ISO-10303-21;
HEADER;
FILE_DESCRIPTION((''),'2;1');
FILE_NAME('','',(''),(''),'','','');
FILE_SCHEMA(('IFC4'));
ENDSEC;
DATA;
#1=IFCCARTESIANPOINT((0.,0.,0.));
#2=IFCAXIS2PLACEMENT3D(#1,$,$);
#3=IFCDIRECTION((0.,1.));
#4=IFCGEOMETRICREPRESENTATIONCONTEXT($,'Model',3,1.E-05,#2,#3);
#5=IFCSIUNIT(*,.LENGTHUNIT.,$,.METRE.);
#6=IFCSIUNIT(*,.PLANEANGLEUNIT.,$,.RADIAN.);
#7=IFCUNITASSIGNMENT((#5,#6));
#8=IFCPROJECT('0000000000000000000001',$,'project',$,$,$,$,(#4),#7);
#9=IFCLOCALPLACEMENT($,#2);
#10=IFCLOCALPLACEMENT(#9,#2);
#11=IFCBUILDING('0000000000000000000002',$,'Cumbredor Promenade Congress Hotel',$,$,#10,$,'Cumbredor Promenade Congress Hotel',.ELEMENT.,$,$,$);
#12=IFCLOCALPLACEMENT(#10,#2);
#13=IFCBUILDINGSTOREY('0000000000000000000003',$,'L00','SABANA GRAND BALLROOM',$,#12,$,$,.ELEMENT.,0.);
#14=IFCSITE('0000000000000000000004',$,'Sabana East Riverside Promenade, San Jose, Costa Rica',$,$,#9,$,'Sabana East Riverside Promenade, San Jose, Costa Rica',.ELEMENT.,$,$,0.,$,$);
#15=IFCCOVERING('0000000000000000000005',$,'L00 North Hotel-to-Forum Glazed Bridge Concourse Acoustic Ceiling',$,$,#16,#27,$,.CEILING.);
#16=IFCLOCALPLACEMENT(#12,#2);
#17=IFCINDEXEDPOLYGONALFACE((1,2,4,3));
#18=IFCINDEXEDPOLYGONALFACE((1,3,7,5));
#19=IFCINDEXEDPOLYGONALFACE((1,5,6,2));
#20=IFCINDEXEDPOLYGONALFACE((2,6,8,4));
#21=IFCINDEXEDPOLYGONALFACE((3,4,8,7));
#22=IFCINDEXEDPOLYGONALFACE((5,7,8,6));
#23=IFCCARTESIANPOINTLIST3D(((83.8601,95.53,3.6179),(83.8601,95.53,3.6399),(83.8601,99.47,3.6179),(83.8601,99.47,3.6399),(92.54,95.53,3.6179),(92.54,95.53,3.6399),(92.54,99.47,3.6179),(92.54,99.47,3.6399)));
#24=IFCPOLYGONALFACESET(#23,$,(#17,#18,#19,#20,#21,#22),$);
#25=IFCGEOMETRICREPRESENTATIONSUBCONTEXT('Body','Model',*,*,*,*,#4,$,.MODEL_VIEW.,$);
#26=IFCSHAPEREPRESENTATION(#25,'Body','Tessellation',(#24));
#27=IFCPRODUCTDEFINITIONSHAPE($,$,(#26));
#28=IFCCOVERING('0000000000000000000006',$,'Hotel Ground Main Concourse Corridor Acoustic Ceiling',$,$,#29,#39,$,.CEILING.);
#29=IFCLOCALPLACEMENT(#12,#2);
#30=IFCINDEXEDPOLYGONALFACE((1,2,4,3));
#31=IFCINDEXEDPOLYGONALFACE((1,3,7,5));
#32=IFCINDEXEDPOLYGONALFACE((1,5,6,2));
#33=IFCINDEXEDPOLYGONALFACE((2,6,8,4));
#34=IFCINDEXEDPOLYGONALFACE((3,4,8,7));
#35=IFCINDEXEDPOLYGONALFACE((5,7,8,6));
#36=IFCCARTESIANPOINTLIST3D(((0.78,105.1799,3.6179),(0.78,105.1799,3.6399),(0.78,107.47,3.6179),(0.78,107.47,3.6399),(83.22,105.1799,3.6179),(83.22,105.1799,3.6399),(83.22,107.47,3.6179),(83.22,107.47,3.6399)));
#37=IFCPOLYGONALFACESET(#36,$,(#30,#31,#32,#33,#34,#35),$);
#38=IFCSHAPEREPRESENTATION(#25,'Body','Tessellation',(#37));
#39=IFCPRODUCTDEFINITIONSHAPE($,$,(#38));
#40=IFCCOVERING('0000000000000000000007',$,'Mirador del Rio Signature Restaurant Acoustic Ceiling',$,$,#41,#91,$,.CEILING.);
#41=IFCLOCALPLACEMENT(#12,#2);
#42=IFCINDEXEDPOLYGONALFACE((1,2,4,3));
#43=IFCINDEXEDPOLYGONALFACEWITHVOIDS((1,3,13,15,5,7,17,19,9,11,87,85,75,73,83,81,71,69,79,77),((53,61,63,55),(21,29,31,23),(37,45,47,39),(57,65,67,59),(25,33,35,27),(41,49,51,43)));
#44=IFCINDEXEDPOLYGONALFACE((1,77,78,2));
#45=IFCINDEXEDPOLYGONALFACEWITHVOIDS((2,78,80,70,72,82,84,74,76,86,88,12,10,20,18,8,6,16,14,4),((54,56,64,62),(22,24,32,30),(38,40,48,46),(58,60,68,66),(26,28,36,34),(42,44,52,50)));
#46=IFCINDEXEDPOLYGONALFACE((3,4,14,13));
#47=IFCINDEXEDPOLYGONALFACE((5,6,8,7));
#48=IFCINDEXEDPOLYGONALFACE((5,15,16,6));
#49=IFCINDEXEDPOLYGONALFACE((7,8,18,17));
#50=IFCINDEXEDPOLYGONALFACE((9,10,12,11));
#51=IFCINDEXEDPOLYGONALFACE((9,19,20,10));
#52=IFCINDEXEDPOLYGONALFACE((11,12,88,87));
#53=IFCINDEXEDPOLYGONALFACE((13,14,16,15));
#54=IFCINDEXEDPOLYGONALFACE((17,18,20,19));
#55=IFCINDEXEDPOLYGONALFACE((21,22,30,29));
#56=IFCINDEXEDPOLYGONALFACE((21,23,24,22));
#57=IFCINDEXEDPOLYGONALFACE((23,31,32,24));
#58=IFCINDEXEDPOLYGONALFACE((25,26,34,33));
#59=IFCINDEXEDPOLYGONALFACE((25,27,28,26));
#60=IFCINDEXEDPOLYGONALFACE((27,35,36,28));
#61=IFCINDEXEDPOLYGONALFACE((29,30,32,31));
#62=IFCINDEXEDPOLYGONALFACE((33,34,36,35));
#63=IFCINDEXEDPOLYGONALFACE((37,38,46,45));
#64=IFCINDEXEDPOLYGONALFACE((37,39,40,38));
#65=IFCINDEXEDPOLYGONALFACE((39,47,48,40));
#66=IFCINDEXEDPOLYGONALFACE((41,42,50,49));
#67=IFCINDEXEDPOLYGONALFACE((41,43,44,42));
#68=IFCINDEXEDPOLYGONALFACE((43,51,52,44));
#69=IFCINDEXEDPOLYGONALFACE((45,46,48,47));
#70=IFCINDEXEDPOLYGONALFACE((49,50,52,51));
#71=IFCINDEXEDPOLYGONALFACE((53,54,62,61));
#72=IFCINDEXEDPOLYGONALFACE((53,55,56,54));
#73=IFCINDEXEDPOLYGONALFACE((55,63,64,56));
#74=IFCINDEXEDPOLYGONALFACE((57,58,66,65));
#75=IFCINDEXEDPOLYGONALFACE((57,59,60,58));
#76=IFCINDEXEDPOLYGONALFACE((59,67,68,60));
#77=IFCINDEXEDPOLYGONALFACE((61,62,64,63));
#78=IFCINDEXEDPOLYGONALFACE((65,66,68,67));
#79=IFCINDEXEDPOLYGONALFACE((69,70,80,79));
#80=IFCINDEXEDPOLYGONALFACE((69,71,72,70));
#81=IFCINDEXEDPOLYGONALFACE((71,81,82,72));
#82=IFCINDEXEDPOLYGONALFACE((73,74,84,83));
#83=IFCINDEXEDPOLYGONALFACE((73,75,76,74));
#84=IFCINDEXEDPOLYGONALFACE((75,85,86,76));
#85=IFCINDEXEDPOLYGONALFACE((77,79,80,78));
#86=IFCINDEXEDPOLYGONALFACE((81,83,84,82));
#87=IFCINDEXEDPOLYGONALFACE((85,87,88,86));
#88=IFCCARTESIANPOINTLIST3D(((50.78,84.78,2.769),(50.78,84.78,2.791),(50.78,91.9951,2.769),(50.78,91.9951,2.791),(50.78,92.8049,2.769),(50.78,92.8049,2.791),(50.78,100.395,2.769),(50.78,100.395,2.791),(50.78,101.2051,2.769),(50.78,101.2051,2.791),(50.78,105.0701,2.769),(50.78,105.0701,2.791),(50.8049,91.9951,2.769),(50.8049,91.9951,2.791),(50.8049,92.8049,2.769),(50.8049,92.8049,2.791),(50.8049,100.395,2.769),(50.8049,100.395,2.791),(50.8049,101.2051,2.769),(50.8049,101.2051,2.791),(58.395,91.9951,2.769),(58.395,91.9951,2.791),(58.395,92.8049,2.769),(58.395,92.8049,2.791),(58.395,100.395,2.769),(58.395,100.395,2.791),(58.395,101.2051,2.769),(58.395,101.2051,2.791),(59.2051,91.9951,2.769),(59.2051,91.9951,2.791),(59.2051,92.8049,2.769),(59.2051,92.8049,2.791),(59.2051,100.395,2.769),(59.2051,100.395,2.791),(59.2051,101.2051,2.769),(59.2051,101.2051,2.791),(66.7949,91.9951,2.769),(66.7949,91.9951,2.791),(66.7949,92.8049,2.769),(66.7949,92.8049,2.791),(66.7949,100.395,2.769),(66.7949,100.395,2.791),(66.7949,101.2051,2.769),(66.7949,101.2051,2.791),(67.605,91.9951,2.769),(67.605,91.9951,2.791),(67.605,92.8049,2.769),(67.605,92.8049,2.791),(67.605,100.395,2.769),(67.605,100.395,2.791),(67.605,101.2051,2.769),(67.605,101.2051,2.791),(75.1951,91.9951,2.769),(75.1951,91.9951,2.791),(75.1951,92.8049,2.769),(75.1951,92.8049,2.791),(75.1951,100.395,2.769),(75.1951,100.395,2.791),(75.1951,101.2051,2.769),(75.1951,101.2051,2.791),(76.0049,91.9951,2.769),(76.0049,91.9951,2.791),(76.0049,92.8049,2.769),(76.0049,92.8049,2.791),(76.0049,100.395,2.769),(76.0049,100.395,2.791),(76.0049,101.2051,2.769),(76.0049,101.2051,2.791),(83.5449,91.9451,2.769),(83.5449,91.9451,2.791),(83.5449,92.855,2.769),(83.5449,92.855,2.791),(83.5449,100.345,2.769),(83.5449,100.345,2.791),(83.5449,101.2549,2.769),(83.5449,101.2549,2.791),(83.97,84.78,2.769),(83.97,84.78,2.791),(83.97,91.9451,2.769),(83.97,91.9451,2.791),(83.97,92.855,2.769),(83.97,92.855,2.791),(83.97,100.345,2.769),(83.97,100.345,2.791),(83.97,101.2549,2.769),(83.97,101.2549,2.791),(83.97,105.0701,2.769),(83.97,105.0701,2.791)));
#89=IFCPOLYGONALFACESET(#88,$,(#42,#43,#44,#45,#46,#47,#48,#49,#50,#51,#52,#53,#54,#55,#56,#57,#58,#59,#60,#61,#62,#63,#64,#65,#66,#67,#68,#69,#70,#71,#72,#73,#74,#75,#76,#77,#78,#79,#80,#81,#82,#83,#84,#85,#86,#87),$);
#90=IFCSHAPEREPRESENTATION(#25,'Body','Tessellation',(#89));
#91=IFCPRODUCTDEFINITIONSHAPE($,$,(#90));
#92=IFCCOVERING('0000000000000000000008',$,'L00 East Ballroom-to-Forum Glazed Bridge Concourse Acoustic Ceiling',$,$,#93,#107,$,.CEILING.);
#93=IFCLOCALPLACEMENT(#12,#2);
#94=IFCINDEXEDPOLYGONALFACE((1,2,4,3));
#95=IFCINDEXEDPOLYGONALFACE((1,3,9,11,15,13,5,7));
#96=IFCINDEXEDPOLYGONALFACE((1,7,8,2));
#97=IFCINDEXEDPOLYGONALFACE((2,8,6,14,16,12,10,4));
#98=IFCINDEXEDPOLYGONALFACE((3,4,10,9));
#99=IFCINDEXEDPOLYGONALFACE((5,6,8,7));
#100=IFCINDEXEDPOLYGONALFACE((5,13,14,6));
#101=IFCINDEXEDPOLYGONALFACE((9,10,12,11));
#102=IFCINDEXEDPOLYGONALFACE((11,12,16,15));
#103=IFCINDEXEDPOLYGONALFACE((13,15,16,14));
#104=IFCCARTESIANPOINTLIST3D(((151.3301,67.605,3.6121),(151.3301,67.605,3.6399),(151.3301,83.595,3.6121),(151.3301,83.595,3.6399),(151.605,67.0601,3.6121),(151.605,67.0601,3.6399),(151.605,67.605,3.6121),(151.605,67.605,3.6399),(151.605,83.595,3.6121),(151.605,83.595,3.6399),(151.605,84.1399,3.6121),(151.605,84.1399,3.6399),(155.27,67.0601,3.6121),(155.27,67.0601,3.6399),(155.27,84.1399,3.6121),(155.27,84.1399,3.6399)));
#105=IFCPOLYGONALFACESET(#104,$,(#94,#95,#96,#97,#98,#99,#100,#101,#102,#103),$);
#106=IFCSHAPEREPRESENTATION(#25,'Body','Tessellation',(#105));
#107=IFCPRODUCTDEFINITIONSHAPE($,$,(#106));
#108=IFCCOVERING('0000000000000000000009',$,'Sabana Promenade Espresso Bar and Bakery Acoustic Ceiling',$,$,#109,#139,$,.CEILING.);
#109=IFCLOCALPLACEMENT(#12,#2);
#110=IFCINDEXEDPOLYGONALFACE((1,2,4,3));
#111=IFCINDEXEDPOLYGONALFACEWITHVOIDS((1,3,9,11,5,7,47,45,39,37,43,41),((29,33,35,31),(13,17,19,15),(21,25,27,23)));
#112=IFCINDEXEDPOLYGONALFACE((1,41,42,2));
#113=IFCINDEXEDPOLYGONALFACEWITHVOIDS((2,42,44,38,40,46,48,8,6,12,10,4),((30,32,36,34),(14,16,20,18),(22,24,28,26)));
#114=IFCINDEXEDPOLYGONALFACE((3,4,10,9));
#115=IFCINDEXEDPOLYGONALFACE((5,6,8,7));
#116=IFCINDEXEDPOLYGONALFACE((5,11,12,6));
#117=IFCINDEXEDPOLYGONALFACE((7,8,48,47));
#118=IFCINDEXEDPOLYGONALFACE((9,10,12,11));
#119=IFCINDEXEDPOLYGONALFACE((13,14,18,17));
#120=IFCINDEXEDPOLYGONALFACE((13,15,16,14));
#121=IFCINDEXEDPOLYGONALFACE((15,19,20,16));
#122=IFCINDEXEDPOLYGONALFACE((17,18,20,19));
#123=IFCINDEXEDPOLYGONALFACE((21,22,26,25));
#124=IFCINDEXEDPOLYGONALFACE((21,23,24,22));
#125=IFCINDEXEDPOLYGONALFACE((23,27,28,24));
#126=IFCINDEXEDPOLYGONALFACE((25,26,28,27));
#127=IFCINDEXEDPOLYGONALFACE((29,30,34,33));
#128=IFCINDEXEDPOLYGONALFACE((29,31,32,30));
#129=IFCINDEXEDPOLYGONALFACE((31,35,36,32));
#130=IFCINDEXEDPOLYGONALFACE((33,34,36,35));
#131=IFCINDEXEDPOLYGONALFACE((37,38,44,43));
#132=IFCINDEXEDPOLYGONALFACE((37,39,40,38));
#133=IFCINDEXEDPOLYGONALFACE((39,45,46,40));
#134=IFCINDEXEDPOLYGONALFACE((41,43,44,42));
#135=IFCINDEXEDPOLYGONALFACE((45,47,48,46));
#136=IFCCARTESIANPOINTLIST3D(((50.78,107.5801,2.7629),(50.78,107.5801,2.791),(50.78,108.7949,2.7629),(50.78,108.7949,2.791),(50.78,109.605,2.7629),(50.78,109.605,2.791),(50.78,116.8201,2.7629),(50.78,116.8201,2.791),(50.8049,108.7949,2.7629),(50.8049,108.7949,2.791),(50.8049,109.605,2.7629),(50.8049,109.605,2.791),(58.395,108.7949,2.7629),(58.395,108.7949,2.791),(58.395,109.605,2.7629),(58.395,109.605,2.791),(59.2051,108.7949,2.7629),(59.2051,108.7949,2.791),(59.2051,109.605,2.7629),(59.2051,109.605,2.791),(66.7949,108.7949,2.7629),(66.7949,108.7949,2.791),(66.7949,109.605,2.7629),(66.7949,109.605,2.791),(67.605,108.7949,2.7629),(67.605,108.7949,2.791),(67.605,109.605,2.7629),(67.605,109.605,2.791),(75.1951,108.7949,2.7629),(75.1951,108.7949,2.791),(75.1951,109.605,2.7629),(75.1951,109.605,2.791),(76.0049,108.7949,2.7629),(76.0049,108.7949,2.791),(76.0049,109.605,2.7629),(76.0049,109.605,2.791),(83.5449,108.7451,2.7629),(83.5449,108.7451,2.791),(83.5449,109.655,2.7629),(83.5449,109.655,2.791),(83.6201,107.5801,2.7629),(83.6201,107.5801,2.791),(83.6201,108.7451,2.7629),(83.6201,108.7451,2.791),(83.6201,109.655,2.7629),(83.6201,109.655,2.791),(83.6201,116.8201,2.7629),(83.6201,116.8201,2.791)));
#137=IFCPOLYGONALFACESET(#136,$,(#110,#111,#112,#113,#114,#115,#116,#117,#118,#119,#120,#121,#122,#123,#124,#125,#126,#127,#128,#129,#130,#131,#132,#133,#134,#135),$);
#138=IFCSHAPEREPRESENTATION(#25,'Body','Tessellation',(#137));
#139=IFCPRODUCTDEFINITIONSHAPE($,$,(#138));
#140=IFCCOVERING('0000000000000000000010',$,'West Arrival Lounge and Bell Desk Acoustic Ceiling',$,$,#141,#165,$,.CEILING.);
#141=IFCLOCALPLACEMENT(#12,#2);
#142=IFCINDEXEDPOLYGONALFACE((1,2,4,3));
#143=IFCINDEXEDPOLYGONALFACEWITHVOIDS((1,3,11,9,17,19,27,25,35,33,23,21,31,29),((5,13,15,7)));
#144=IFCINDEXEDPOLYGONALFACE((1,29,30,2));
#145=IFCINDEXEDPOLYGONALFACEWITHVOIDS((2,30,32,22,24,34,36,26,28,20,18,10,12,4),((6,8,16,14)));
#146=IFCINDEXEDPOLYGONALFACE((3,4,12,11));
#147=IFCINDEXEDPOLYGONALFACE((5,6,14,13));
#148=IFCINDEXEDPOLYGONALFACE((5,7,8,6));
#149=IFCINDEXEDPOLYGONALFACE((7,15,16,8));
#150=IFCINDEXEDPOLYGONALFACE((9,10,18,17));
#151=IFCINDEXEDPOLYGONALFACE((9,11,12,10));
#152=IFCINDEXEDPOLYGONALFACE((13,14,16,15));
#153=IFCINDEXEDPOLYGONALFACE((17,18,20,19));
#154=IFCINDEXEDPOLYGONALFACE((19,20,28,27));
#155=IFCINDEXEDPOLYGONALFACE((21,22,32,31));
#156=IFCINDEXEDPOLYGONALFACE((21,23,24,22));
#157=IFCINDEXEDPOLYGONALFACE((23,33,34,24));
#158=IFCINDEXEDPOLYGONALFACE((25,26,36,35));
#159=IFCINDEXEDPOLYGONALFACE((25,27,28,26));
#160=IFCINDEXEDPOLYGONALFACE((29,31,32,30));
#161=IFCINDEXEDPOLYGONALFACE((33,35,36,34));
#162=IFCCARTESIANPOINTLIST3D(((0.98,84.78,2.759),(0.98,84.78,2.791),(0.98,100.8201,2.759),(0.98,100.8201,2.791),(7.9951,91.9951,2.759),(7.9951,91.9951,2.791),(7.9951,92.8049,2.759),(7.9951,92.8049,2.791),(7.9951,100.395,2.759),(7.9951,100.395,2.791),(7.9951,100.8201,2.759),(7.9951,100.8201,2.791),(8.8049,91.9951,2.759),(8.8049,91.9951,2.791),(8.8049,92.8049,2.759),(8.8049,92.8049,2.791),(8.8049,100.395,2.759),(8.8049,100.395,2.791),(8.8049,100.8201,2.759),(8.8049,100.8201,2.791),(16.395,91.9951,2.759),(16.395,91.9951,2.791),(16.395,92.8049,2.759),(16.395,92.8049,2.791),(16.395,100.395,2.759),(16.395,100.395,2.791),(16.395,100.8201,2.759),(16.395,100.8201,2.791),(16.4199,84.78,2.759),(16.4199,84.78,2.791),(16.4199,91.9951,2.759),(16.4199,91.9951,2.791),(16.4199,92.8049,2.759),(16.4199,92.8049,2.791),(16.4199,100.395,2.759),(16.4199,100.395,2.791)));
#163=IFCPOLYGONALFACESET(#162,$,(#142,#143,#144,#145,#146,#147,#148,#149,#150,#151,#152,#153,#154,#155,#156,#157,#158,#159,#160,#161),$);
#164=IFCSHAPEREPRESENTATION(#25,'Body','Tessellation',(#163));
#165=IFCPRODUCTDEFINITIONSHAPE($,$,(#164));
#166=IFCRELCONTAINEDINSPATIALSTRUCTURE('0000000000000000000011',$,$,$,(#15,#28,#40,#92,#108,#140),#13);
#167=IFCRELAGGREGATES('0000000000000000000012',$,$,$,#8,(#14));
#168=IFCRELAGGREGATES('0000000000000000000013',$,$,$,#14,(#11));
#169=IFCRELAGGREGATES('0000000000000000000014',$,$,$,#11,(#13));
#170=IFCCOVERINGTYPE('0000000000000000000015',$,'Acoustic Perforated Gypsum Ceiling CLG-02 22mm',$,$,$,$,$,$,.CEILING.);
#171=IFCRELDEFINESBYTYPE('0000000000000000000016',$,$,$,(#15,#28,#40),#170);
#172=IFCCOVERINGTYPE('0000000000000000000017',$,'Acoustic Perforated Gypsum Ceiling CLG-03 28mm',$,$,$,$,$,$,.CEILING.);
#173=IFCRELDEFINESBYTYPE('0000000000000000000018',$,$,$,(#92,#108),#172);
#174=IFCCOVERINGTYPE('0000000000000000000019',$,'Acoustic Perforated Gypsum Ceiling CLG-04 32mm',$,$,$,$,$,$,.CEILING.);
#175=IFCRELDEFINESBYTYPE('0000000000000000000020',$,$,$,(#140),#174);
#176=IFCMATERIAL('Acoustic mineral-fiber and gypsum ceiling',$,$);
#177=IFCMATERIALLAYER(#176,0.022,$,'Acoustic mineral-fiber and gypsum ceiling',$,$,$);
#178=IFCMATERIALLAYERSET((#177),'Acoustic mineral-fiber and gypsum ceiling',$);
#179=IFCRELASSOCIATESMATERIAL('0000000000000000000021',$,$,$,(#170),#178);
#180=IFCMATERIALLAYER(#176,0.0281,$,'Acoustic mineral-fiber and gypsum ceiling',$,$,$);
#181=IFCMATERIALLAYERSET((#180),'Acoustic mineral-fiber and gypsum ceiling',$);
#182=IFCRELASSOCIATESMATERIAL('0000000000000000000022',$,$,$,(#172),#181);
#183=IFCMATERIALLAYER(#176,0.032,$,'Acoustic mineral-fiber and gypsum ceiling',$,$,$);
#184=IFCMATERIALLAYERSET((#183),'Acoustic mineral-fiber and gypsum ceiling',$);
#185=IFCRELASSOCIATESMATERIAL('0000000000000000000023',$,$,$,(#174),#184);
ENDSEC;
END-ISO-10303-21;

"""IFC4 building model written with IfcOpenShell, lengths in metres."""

from ifc_helpers import new_model, si_unit, direction, frame, origin, place, context, subcontext, project, spatial, polyline, outline, extrude, material, layer, layer_set, type_object, element, save


model = new_model("IFC4")

# Units and contexts
model_context = context("Model", 3, precision=1e-05, world=origin(), true_north=direction((0.0, 1.0)))
body_context = subcontext(model_context, "Body", "Model", "MODEL_VIEW")
ifc_project = project(units=[si_unit("LENGTHUNIT", "METRE"), si_unit("PLANEANGLEUNIT", "RADIAN")], contexts=[model_context])

# Site, building, storey
site_placement = place(None, origin())
site = spatial("IfcSite", under=ifc_project, at=site_placement, Name="Sabana East Riverside Promenade, San Jose, Costa Rica", LongName="Sabana East Riverside Promenade, San Jose, Costa Rica", CompositionType="ELEMENT", RefElevation=0.0)
building_placement = place(site_placement, origin())
building = spatial("IfcBuilding", under=site, at=building_placement, Name="Cumbredor Promenade Congress Hotel", LongName="Cumbredor Promenade Congress Hotel", CompositionType="ELEMENT")
storey_placement = place(building_placement, origin())
storey = spatial("IfcBuildingStorey", under=building, at=storey_placement, Name="L00", Description="SABANA GRAND BALLROOM", CompositionType="ELEMENT", Elevation=0.0)

# Coverings
ifc_material_1 = material(Name="Acoustic mineral-fiber and gypsum ceiling")
ifc_layer_1 = layer(ifc_material_1, 0.022, Name="Acoustic mineral-fiber and gypsum ceiling")
ifc_layer_set_1 = layer_set([ifc_layer_1], Name="Acoustic mineral-fiber and gypsum ceiling")
covering_type_1 = type_object("IfcCoveringType", Name="Acoustic Perforated Gypsum Ceiling CLG-02 22mm", PredefinedType="CEILING", material=ifc_layer_set_1)
covering_1_placement = place(storey_placement, frame((0.0, 0.0, 3.6179)))
element("IfcCovering", 1, at=covering_1_placement, inside=storey, type_object=covering_type_1, Name="L00 North Hotel-to-Forum Glazed Bridge Concourse Acoustic Ceiling", PredefinedType="CEILING", context=body_context, shape_type="SweptSolid", body=[
    extrude(outline(polyline([(83.8601, 95.53), (83.8601, 99.47), (92.54, 99.47), (92.54, 95.53), (83.8601, 95.53)])), origin(), (0.0, 0.0, 1.0), 0.022),
])
covering_2_placement = place(storey_placement, frame((0.0, 0.0, 3.6179)))
element("IfcCovering", 2, at=covering_2_placement, inside=storey, type_object=covering_type_1, Name="Hotel Ground Main Concourse Corridor Acoustic Ceiling", PredefinedType="CEILING", context=body_context, shape_type="SweptSolid", body=[
    extrude(outline(polyline([(0.78, 105.1799), (0.78, 107.47), (83.22, 107.47), (83.22, 105.1799), (0.78, 105.1799)])), origin(), (0.0, 0.0, 1.0), 0.022),
])
covering_3_placement = place(storey_placement, frame((0.0, 0.0, 2.769)))
element("IfcCovering", 3, at=covering_3_placement, inside=storey, type_object=covering_type_1, Name="Mirador del Rio Signature Restaurant Acoustic Ceiling", PredefinedType="CEILING", context=body_context, shape_type="SweptSolid", body=[
    extrude(outline(polyline([(83.97, 105.0701), (83.97, 101.2549), (83.5449, 101.2549), (83.5449, 100.345), (83.97, 100.345), (83.97, 92.855), (83.5449, 92.855), (83.5449, 91.9451), (83.97, 91.9451), (83.97, 84.78), (50.78, 84.78), (50.78, 91.9951), (50.8049, 91.9951), (50.8049, 92.8049), (50.78, 92.8049), (50.78, 100.395), (50.8049, 100.395), (50.8049, 101.2051), (50.78, 101.2051), (50.78, 105.0701), (83.97, 105.0701)]), holes=[polyline([(59.2051, 91.9951), (59.2051, 92.8049), (58.395, 92.8049), (58.395, 91.9951), (59.2051, 91.9951)]), polyline([(58.395, 100.395), (59.2051, 100.395), (59.2051, 101.2051), (58.395, 101.2051), (58.395, 100.395)]), polyline([(66.7949, 92.8049), (66.7949, 91.9951), (67.605, 91.9951), (67.605, 92.8049), (66.7949, 92.8049)]), polyline([(67.605, 101.2051), (66.7949, 101.2051), (66.7949, 100.395), (67.605, 100.395), (67.605, 101.2051)]), polyline([(76.0049, 91.9951), (76.0049, 92.8049), (75.1951, 92.8049), (75.1951, 91.9951), (76.0049, 91.9951)]), polyline([(75.1951, 100.395), (76.0049, 100.395), (76.0049, 101.2051), (75.1951, 101.2051), (75.1951, 100.395)])]), origin(), (0.0, 0.0, 1.0), 0.022),
])
ifc_layer_2 = layer(ifc_material_1, 0.0281, Name="Acoustic mineral-fiber and gypsum ceiling")
ifc_layer_set_2 = layer_set([ifc_layer_2], Name="Acoustic mineral-fiber and gypsum ceiling")
covering_type_2 = type_object("IfcCoveringType", Name="Acoustic Perforated Gypsum Ceiling CLG-03 28mm", PredefinedType="CEILING", material=ifc_layer_set_2)
covering_4_placement = place(storey_placement, frame((0.0, 0.0, 3.6121)))
element("IfcCovering", 4, at=covering_4_placement, inside=storey, type_object=covering_type_2, Name="L00 East Ballroom-to-Forum Glazed Bridge Concourse Acoustic Ceiling", PredefinedType="CEILING", context=body_context, shape_type="SweptSolid", body=[
    extrude(outline(polyline([(155.27, 84.1399), (155.27, 67.0601), (151.605, 67.0601), (151.605, 67.605), (151.3301, 67.605), (151.3301, 83.595), (151.605, 83.595), (151.605, 84.1399), (155.27, 84.1399)])), origin(), (0.0, 0.0, 1.0), 0.0278),
])
covering_5_placement = place(storey_placement, frame((0.0, 0.0, 2.7629)))
element("IfcCovering", 5, at=covering_5_placement, inside=storey, type_object=covering_type_2, Name="Sabana Promenade Espresso Bar and Bakery Acoustic Ceiling", PredefinedType="CEILING", context=body_context, shape_type="SweptSolid", body=[
    extrude(outline(polyline([(50.78, 116.8201), (83.6201, 116.8201), (83.6201, 109.655), (83.5449, 109.655), (83.5449, 108.7451), (83.6201, 108.7451), (83.6201, 107.5801), (50.78, 107.5801), (50.78, 108.7949), (50.8049, 108.7949), (50.8049, 109.605), (50.78, 109.605), (50.78, 116.8201)]), holes=[polyline([(59.2051, 108.7949), (59.2051, 109.605), (58.395, 109.605), (58.395, 108.7949), (59.2051, 108.7949)]), polyline([(66.7949, 108.7949), (67.605, 108.7949), (67.605, 109.605), (66.7949, 109.605), (66.7949, 108.7949)]), polyline([(75.1951, 109.605), (75.1951, 108.7949), (76.0049, 108.7949), (76.0049, 109.605), (75.1951, 109.605)])]), origin(), (0.0, 0.0, 1.0), 0.0281),
])
ifc_layer_3 = layer(ifc_material_1, 0.032, Name="Acoustic mineral-fiber and gypsum ceiling")
ifc_layer_set_3 = layer_set([ifc_layer_3], Name="Acoustic mineral-fiber and gypsum ceiling")
covering_type_3 = type_object("IfcCoveringType", Name="Acoustic Perforated Gypsum Ceiling CLG-04 32mm", PredefinedType="CEILING", material=ifc_layer_set_3)
covering_6_placement = place(storey_placement, frame((0.0, 0.0, 2.759)))
element("IfcCovering", 6, at=covering_6_placement, inside=storey, type_object=covering_type_3, Name="West Arrival Lounge and Bell Desk Acoustic Ceiling", PredefinedType="CEILING", context=body_context, shape_type="SweptSolid", body=[
    extrude(outline(polyline([(8.8049, 100.395), (8.8049, 100.8201), (16.395, 100.8201), (16.395, 100.395), (16.4199, 100.395), (16.4199, 92.8049), (16.395, 92.8049), (16.395, 91.9951), (16.4199, 91.9951), (16.4199, 84.78), (0.98, 84.78), (0.98, 100.8201), (7.9951, 100.8201), (7.9951, 100.395), (8.8049, 100.395)]), holes=[polyline([(8.8049, 91.9951), (8.8049, 92.8049), (7.9951, 92.8049), (7.9951, 91.9951), (8.8049, 91.9951)])]), origin(), (0.0, 0.0, 1.0), 0.032),
])

save(model, "model.ifc")
